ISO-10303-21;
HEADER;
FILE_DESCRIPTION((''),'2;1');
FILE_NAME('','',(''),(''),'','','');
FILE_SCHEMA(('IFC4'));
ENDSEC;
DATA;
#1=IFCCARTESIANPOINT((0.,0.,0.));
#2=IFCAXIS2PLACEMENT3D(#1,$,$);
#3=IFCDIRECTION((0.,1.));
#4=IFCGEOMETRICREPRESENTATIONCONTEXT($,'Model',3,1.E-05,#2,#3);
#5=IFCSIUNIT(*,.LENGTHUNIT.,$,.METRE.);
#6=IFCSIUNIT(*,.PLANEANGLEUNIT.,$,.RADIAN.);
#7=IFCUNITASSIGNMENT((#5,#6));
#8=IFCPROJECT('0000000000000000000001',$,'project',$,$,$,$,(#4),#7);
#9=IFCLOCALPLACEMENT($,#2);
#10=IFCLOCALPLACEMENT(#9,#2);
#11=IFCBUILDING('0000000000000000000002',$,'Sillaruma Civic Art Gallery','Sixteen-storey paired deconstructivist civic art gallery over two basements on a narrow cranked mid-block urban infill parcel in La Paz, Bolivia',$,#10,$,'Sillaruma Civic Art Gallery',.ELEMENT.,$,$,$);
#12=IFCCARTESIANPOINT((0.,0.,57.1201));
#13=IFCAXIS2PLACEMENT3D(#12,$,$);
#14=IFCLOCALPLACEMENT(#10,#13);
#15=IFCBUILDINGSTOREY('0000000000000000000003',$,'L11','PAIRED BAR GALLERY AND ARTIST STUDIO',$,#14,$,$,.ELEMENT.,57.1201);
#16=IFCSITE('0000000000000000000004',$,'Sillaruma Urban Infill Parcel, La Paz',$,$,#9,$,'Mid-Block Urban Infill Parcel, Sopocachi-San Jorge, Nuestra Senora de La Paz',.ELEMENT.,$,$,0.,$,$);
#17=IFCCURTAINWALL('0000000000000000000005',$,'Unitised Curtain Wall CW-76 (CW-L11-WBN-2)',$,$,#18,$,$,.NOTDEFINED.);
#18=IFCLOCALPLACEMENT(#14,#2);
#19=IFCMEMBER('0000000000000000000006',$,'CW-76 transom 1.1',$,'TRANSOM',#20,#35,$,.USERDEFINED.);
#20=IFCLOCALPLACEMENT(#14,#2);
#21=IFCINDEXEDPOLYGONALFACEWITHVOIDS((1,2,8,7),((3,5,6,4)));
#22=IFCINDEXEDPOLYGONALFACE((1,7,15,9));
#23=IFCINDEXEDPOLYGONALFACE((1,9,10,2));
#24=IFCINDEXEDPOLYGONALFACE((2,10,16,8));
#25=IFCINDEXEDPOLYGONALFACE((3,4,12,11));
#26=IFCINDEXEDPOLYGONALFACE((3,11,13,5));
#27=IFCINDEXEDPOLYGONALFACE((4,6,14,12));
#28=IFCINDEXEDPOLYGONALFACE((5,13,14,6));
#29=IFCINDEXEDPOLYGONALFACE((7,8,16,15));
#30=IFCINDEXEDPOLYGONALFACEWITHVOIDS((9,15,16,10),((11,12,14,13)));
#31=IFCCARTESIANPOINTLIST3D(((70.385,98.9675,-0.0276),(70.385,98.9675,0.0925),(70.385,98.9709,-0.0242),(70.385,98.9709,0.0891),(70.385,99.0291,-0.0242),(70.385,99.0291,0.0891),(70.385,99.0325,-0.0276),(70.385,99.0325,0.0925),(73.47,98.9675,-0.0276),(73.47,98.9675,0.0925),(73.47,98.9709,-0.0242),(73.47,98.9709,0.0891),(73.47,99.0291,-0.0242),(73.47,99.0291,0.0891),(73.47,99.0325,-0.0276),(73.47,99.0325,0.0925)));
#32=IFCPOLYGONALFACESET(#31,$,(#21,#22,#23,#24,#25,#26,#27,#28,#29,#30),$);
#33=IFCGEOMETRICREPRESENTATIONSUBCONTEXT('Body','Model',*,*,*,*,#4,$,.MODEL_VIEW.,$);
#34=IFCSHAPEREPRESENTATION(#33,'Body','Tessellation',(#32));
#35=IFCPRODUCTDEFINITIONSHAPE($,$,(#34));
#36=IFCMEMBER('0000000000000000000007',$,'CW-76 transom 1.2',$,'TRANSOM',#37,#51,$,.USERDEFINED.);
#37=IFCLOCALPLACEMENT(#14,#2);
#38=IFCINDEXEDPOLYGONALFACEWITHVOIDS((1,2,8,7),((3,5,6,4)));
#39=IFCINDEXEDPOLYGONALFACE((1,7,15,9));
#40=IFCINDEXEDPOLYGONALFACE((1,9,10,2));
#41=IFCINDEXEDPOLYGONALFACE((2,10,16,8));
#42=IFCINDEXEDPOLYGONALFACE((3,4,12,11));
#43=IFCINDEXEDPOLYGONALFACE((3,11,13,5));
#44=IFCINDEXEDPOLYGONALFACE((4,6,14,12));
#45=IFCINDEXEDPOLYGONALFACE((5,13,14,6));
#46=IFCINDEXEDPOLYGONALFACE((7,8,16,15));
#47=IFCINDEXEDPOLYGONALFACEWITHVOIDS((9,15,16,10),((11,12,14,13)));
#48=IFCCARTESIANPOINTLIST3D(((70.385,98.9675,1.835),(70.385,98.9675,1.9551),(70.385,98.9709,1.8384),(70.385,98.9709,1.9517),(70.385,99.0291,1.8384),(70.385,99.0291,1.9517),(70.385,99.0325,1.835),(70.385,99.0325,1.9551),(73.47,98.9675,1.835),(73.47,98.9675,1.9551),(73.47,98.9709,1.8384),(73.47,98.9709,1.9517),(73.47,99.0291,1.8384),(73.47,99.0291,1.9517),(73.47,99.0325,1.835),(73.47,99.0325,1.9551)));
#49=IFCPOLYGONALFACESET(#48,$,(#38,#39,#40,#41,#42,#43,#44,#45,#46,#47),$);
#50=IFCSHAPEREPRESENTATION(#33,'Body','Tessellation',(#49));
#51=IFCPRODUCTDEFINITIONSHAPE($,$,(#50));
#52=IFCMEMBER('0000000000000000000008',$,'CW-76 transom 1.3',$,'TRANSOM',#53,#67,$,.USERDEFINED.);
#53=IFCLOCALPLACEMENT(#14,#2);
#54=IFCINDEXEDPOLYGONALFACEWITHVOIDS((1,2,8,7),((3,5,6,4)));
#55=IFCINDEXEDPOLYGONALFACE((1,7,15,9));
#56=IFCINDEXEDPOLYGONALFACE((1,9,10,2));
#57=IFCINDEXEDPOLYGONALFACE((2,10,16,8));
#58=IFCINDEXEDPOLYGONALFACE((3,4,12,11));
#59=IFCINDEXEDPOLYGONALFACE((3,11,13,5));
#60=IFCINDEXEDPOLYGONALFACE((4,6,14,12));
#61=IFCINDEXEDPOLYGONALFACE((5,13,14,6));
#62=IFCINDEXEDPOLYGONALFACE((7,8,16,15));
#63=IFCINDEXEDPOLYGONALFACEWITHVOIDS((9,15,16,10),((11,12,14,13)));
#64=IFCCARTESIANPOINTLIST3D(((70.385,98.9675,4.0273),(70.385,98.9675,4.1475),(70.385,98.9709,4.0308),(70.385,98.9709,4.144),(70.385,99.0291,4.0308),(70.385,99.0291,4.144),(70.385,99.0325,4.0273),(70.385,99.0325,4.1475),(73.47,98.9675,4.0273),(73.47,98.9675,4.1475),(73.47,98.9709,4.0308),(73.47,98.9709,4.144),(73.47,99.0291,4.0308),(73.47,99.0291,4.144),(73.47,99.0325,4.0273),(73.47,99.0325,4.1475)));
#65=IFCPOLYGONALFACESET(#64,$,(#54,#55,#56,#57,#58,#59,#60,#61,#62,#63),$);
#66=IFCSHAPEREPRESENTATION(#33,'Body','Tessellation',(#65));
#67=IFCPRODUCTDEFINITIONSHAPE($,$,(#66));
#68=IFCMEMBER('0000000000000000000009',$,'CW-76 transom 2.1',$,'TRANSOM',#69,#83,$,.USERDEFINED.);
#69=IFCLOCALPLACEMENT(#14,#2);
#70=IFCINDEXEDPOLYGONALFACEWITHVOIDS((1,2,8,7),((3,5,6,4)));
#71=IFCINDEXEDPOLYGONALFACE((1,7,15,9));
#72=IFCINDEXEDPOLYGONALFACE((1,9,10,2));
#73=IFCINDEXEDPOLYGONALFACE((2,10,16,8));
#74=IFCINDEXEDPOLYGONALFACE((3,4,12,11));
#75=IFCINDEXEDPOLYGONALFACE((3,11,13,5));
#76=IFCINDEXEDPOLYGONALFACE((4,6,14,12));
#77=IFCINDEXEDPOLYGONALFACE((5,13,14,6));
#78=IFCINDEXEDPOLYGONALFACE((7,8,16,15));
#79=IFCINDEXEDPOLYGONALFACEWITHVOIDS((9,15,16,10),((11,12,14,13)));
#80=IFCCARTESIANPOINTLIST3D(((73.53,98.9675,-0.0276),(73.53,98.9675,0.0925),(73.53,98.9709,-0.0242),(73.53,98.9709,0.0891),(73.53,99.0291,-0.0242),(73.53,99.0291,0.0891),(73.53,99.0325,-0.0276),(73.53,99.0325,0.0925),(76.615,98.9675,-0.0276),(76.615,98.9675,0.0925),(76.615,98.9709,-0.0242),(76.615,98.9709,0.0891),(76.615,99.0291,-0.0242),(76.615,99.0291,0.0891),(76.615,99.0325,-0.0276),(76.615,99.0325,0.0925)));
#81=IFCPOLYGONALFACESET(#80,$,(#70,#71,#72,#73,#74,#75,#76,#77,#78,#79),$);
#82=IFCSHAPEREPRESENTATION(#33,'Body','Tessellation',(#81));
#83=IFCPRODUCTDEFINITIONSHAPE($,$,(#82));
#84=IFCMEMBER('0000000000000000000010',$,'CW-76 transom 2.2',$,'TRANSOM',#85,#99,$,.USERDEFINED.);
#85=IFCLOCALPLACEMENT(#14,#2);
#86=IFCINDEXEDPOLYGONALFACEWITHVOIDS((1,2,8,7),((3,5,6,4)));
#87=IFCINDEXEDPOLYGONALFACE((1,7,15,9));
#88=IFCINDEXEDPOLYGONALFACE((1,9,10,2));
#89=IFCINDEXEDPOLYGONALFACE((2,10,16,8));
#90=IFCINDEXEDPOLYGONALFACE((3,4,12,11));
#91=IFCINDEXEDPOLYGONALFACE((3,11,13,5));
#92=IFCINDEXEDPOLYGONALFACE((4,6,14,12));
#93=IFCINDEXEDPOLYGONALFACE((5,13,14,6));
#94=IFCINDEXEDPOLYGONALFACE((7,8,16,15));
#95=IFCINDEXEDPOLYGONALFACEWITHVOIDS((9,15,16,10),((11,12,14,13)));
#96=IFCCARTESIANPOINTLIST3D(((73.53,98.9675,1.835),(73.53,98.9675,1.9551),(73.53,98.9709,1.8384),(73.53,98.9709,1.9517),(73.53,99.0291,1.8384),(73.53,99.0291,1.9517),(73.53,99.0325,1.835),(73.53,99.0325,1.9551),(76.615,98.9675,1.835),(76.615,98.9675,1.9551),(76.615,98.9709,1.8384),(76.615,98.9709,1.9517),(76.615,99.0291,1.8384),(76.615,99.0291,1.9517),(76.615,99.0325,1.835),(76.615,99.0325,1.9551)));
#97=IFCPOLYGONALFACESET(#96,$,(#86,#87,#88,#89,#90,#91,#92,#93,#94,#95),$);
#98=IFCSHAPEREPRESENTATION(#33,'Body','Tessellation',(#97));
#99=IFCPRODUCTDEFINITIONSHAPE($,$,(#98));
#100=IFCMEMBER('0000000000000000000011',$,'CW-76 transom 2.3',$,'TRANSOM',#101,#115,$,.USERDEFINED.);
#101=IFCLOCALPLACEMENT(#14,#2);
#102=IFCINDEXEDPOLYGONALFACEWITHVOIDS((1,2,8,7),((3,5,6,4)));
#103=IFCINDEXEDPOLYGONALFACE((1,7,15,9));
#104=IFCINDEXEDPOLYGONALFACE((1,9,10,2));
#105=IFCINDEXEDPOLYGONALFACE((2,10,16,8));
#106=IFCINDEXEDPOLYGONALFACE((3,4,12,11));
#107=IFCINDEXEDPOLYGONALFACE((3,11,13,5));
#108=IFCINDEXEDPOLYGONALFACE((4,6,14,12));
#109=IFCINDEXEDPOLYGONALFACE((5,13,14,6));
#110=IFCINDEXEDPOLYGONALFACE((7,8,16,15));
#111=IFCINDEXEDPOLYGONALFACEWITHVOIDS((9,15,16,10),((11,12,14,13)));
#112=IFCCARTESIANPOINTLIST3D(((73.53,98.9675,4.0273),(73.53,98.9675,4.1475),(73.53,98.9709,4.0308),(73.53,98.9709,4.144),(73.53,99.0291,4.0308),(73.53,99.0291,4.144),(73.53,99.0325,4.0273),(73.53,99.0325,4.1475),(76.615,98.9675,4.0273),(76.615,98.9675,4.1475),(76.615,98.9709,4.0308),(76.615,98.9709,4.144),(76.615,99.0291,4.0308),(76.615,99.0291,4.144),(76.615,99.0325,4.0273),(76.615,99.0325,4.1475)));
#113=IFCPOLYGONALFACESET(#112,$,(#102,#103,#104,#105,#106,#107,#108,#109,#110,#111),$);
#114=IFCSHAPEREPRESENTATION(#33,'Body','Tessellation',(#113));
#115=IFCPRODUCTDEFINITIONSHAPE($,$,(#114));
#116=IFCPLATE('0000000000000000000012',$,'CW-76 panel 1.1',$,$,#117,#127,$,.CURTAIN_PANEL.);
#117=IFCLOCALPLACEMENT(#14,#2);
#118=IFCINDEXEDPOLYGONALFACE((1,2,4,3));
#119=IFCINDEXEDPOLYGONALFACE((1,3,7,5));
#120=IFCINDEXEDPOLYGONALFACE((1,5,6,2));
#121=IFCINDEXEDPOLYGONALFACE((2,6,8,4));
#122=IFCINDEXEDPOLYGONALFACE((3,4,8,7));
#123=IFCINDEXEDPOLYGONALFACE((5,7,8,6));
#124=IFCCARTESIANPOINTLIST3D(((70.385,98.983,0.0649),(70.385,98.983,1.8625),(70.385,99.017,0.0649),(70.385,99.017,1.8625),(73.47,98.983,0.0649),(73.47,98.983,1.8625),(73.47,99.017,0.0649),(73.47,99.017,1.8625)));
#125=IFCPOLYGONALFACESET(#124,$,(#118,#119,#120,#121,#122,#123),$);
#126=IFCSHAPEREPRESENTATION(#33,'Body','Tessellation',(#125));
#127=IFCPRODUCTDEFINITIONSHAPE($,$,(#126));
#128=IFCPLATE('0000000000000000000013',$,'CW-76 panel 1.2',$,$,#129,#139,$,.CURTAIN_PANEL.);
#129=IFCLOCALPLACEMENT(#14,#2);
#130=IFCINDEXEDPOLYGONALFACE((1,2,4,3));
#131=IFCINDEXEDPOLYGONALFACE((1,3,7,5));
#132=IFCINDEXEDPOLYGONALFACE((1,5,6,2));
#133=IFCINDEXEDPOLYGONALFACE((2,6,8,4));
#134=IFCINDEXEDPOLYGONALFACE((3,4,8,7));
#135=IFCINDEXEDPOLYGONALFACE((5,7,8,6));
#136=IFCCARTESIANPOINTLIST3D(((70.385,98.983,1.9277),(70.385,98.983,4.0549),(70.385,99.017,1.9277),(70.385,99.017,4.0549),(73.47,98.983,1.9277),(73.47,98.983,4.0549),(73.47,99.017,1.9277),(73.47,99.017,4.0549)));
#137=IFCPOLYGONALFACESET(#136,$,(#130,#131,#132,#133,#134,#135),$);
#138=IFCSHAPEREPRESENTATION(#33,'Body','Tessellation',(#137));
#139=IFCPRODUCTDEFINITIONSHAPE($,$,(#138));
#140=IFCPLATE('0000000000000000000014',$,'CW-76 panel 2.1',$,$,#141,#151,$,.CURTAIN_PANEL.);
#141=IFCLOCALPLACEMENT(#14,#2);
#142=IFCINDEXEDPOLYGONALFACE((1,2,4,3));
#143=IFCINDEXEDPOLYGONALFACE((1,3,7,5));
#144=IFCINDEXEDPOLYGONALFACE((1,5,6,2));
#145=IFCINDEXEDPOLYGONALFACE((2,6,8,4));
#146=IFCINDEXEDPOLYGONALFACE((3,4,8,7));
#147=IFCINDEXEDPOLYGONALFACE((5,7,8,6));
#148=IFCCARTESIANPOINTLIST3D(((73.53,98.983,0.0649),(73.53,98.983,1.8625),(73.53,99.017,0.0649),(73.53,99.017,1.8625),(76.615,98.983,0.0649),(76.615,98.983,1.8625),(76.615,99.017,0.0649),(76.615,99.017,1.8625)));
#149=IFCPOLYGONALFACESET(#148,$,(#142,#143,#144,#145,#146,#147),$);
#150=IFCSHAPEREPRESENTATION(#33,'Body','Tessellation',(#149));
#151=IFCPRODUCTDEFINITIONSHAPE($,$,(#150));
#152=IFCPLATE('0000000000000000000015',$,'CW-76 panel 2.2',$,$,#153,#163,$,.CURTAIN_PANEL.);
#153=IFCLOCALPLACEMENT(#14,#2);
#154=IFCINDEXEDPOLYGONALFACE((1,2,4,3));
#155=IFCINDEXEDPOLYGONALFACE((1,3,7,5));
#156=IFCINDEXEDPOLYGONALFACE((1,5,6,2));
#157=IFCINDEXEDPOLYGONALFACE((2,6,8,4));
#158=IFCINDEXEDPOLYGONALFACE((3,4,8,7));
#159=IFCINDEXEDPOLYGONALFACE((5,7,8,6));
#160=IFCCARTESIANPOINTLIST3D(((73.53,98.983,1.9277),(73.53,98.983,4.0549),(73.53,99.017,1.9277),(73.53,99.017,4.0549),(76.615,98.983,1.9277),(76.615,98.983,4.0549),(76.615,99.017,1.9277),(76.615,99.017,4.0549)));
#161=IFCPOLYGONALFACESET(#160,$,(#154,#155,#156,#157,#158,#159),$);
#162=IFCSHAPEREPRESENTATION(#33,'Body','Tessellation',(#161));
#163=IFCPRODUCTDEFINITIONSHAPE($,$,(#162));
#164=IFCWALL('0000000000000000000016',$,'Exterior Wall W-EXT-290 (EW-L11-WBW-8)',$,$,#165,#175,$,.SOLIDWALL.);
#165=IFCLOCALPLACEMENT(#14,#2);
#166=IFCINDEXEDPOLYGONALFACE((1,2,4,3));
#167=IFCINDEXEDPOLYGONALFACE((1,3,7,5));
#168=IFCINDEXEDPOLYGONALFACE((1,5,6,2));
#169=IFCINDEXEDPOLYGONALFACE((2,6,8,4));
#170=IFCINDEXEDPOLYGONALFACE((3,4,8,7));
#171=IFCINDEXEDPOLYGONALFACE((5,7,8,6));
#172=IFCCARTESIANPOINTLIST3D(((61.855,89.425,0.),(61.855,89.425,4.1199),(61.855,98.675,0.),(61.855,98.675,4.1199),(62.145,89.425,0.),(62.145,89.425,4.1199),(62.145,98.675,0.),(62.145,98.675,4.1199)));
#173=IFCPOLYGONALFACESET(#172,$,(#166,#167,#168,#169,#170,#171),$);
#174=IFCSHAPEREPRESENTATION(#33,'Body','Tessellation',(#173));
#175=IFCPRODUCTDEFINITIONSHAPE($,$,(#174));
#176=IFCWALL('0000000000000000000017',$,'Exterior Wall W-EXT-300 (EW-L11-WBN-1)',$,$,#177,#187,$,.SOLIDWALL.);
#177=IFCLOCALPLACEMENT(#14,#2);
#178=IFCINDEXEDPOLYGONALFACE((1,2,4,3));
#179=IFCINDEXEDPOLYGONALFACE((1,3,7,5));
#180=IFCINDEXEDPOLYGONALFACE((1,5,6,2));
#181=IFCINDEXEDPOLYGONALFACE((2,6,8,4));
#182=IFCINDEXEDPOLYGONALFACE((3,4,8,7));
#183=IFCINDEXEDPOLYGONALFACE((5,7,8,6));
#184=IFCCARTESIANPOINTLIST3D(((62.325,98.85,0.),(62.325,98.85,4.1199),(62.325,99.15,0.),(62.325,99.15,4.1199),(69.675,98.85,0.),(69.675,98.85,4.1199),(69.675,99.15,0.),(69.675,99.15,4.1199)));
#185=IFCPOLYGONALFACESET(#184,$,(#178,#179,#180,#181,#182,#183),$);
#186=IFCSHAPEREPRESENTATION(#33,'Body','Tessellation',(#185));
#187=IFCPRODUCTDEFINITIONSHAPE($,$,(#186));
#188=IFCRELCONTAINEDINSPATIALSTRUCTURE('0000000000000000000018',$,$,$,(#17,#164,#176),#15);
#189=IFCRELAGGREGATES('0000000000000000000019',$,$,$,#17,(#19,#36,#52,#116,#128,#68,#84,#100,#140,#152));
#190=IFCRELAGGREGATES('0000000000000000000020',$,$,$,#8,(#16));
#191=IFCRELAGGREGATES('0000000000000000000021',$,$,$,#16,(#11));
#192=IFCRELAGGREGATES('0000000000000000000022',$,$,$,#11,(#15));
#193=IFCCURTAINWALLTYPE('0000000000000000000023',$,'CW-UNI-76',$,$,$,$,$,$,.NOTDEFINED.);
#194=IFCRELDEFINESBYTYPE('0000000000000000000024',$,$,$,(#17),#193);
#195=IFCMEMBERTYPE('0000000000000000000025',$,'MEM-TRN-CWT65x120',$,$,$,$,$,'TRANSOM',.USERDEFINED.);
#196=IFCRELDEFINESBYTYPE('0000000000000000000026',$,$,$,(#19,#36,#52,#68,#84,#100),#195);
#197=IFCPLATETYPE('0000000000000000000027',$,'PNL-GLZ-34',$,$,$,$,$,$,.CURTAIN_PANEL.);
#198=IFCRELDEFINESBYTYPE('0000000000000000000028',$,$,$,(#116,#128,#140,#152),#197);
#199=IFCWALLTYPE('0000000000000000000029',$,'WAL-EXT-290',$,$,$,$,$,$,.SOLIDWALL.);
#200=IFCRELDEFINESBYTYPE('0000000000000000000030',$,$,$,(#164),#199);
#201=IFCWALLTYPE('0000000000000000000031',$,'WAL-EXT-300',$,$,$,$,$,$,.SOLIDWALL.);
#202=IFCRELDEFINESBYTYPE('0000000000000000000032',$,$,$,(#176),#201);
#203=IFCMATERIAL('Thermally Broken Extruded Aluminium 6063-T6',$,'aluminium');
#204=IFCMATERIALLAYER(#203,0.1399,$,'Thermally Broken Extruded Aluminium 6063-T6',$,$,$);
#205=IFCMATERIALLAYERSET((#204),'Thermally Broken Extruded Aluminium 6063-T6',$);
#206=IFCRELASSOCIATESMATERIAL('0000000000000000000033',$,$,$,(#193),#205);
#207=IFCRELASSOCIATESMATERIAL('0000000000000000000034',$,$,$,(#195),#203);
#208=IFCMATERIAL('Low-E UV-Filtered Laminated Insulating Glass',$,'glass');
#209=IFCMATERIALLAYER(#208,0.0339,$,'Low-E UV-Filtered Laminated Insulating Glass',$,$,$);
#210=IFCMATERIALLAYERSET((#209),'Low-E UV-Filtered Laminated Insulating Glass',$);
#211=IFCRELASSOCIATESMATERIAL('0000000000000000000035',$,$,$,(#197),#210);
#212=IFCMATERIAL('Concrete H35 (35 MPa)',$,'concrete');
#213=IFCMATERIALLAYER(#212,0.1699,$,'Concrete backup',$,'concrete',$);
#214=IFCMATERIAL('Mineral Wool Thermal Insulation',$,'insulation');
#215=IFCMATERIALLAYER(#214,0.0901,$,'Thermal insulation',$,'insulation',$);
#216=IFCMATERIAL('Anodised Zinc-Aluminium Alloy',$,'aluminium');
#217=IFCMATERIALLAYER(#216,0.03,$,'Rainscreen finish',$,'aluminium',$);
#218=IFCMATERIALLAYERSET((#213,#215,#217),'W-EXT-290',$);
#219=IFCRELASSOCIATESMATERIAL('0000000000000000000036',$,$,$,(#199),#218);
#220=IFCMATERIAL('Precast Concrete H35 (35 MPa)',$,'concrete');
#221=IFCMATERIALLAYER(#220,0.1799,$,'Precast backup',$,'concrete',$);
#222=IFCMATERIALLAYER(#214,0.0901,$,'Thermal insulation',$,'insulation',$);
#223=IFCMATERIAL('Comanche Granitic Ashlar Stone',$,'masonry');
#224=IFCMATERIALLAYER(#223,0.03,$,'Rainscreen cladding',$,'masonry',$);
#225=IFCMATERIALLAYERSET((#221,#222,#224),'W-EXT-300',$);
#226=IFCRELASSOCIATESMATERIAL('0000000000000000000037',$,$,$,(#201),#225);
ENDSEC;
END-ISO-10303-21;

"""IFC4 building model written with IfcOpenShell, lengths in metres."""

from ifc_helpers import new_model, si_unit, direction, frame, frame_2d, origin, origin_2d, place, context, subcontext, project, spatial, rectangle, hollow_rectangle, extrude, material, layer, layer_set, material_profile, profile_set, type_object, element, aggregate, save


model = new_model("IFC4")

# Units and contexts
model_context = context("Model", 3, precision=1e-05, world=origin(), true_north=direction((0.0, 1.0)))
body_context = subcontext(model_context, "Body", "Model", "MODEL_VIEW")
ifc_project = project(units=[si_unit("LENGTHUNIT", "METRE"), si_unit("PLANEANGLEUNIT", "RADIAN")], contexts=[model_context])

# Site, building, storey
site_placement = place(None, origin())
site = spatial("IfcSite", under=ifc_project, at=site_placement, Name="Sillaruma Urban Infill Parcel, La Paz", LongName="Mid-Block Urban Infill Parcel, Sopocachi-San Jorge, Nuestra Senora de La Paz", CompositionType="ELEMENT", RefElevation=0.0)
building_placement = place(site_placement, origin())
building = spatial("IfcBuilding", under=site, at=building_placement, Name="Sillaruma Civic Art Gallery", Description="Sixteen-storey paired deconstructivist civic art gallery over two basements on a narrow cranked mid-block urban infill parcel in La Paz, Bolivia", LongName="Sillaruma Civic Art Gallery", CompositionType="ELEMENT")
storey_placement = place(building_placement, frame((0.0, 0.0, 57.1201)))
storey = spatial("IfcBuildingStorey", under=building, at=storey_placement, Name="L11", Description="PAIRED BAR GALLERY AND ARTIST STUDIO", CompositionType="ELEMENT", Elevation=57.1201)

# Shared definitions
ifc_material_1 = material(Name="Concrete H35 (35 MPa)", Category="concrete")

# Curtain wall, members, plates
ifc_material_2 = material(Name="Thermally Broken Extruded Aluminium 6063-T6", Category="aluminium")
ifc_layer_1 = layer(ifc_material_2, 0.1399, Name="Thermally Broken Extruded Aluminium 6063-T6")
ifc_layer_set_1 = layer_set([ifc_layer_1], Name="Thermally Broken Extruded Aluminium 6063-T6")
curtain_wall_type = type_object("IfcCurtainWallType", Name="CW-UNI-76", PredefinedType="NOTDEFINED", material=ifc_layer_set_1)
curtain_wall_placement = place(storey_placement, origin())
curtain_wall = element("IfcCurtainWall", 1, at=curtain_wall_placement, inside=storey, type_object=curtain_wall_type, Name="Unitised Curtain Wall CW-76 (CW-L11-WBN-2)", PredefinedType="NOTDEFINED")
ifc_material_profile_1 = material_profile(ifc_material_2, hollow_rectangle(XDim=0.0649, YDim=0.1201, WallThickness=0.0034, at=origin_2d()), Name="CWT65x120")
ifc_profile_set_1 = profile_set([ifc_material_profile_1], Name="Thermally Broken Extruded Aluminium 6063-T6")
member_type_1 = type_object("IfcMemberType", Name="MEM-TRN-CWT65x120", ElementType="TRANSOM", PredefinedType="USERDEFINED", material=ifc_profile_set_1)
member_1_placement = place(storey_placement, frame((70.385, 99.0, 0.0325), z_axis=(1.0, 0.0, 0.0), x_axis=(0.0, 1.0, 0.0)))
member_1 = element("IfcMember", 2, at=member_1_placement, type_object=member_type_1, Name="CW-76 transom 1.1", ObjectType="TRANSOM", PredefinedType="USERDEFINED", context=body_context, shape_type="SweptSolid", body=[
    extrude(hollow_rectangle(XDim=0.0649, YDim=0.1201, WallThickness=0.0034, at=origin_2d()), origin(), (0.0, 0.0, 1.0), 3.085),
])
member_2_placement = place(storey_placement, frame((70.385, 99.0, 1.895), z_axis=(1.0, 0.0, 0.0), x_axis=(0.0, 1.0, 0.0)))
member_2 = element("IfcMember", 3, at=member_2_placement, type_object=member_type_1, Name="CW-76 transom 1.2", ObjectType="TRANSOM", PredefinedType="USERDEFINED", context=body_context, shape_type="SweptSolid", body=[
    extrude(hollow_rectangle(XDim=0.0649, YDim=0.1201, WallThickness=0.0034, at=origin_2d()), origin(), (0.0, 0.0, 1.0), 3.085),
])
member_3_placement = place(storey_placement, frame((70.385, 99.0, 4.0874), z_axis=(1.0, 0.0, 0.0), x_axis=(0.0, 1.0, 0.0)))
member_3 = element("IfcMember", 4, at=member_3_placement, type_object=member_type_1, Name="CW-76 transom 1.3", ObjectType="TRANSOM", PredefinedType="USERDEFINED", context=body_context, shape_type="SweptSolid", body=[
    extrude(hollow_rectangle(XDim=0.0649, YDim=0.1201, WallThickness=0.0034, at=origin_2d()), origin(), (0.0, 0.0, 1.0), 3.085),
])
member_4_placement = place(storey_placement, frame((73.53, 99.0, 0.0325), z_axis=(1.0, 0.0, 0.0), x_axis=(0.0, 1.0, 0.0)))
member_4 = element("IfcMember", 5, at=member_4_placement, type_object=member_type_1, Name="CW-76 transom 2.1", ObjectType="TRANSOM", PredefinedType="USERDEFINED", context=body_context, shape_type="SweptSolid", body=[
    extrude(hollow_rectangle(XDim=0.0649, YDim=0.1201, WallThickness=0.0034, at=origin_2d()), origin(), (0.0, 0.0, 1.0), 3.085),
])
member_5_placement = place(storey_placement, frame((73.53, 99.0, 1.895), z_axis=(1.0, 0.0, 0.0), x_axis=(0.0, 1.0, 0.0)))
member_5 = element("IfcMember", 6, at=member_5_placement, type_object=member_type_1, Name="CW-76 transom 2.2", ObjectType="TRANSOM", PredefinedType="USERDEFINED", context=body_context, shape_type="SweptSolid", body=[
    extrude(hollow_rectangle(XDim=0.0649, YDim=0.1201, WallThickness=0.0034, at=origin_2d()), origin(), (0.0, 0.0, 1.0), 3.085),
])
member_6_placement = place(storey_placement, frame((73.53, 99.0, 4.0874), z_axis=(1.0, 0.0, 0.0), x_axis=(0.0, 1.0, 0.0)))
member_6 = element("IfcMember", 7, at=member_6_placement, type_object=member_type_1, Name="CW-76 transom 2.3", ObjectType="TRANSOM", PredefinedType="USERDEFINED", context=body_context, shape_type="SweptSolid", body=[
    extrude(hollow_rectangle(XDim=0.0649, YDim=0.1201, WallThickness=0.0034, at=origin_2d()), origin(), (0.0, 0.0, 1.0), 3.085),
])
ifc_material_3 = material(Name="Low-E UV-Filtered Laminated Insulating Glass", Category="glass")
ifc_layer_2 = layer(ifc_material_3, 0.0339, Name="Low-E UV-Filtered Laminated Insulating Glass")
ifc_layer_set_2 = layer_set([ifc_layer_2], Name="Low-E UV-Filtered Laminated Insulating Glass")
plate_type = type_object("IfcPlateType", Name="PNL-GLZ-34", PredefinedType="CURTAIN_PANEL", material=ifc_layer_set_2)
plate_1_placement = place(storey_placement, frame((71.9275, 99.0, 0.0649), z_axis=(0.0, 0.0, 1.0), x_axis=(1.0, 0.0, 0.0)))
plate_1 = element("IfcPlate", 8, at=plate_1_placement, type_object=plate_type, Name="CW-76 panel 1.1", PredefinedType="CURTAIN_PANEL", context=body_context, shape_type="SweptSolid", body=[
    extrude(rectangle(XDim=3.085, YDim=0.0339, at=origin_2d()), origin(), (0.0, 0.0, 1.0), 1.7976),
])
plate_2_placement = place(storey_placement, frame((71.9275, 99.0, 1.9277), z_axis=(0.0, 0.0, 1.0), x_axis=(1.0, 0.0, 0.0)))
plate_2 = element("IfcPlate", 9, at=plate_2_placement, type_object=plate_type, Name="CW-76 panel 1.2", PredefinedType="CURTAIN_PANEL", context=body_context, shape_type="SweptSolid", body=[
    extrude(rectangle(XDim=3.085, YDim=0.0339, at=origin_2d()), origin(), (0.0, 0.0, 1.0), 2.1272),
])
plate_3_placement = place(storey_placement, frame((75.0725, 99.0, 0.0649), z_axis=(0.0, 0.0, 1.0), x_axis=(1.0, 0.0, 0.0)))
plate_3 = element("IfcPlate", 10, at=plate_3_placement, type_object=plate_type, Name="CW-76 panel 2.1", PredefinedType="CURTAIN_PANEL", context=body_context, shape_type="SweptSolid", body=[
    extrude(rectangle(XDim=3.085, YDim=0.0339, at=origin_2d()), origin(), (0.0, 0.0, 1.0), 1.7976),
])
plate_4_placement = place(storey_placement, frame((75.0725, 99.0, 1.9277), z_axis=(0.0, 0.0, 1.0), x_axis=(1.0, 0.0, 0.0)))
plate_4 = element("IfcPlate", 11, at=plate_4_placement, type_object=plate_type, Name="CW-76 panel 2.2", PredefinedType="CURTAIN_PANEL", context=body_context, shape_type="SweptSolid", body=[
    extrude(rectangle(XDim=3.085, YDim=0.0339, at=origin_2d()), origin(), (0.0, 0.0, 1.0), 2.1272),
])
aggregate(curtain_wall, [member_1, member_2, member_3, plate_1, plate_2, member_4, member_5, member_6, plate_3, plate_4])

# Walls
ifc_layer_3 = layer(ifc_material_1, 0.1699, Name="Concrete backup", Category="concrete")
ifc_material_4 = material(Name="Mineral Wool Thermal Insulation", Category="insulation")
ifc_layer_4 = layer(ifc_material_4, 0.0901, Name="Thermal insulation", Category="insulation")
ifc_material_5 = material(Name="Anodised Zinc-Aluminium Alloy", Category="aluminium")
ifc_layer_5 = layer(ifc_material_5, 0.03, Name="Rainscreen finish", Category="aluminium")
ifc_layer_set_3 = layer_set([ifc_layer_3, ifc_layer_4, ifc_layer_5], Name="W-EXT-290")
wall_type_1 = type_object("IfcWallType", Name="WAL-EXT-290", PredefinedType="SOLIDWALL", material=ifc_layer_set_3)
wall_1_placement = place(storey_placement, frame((62.0, 89.425, 0.0), z_axis=(0.0, 0.0, 1.0), x_axis=(0.0, 1.0, 0.0)))
element("IfcWall", 12, at=wall_1_placement, inside=storey, type_object=wall_type_1, Name="Exterior Wall W-EXT-290 (EW-L11-WBW-8)", PredefinedType="SOLIDWALL", context=body_context, shape_type="SweptSolid", body=[
    extrude(rectangle(XDim=9.25, YDim=0.29, at=frame_2d((4.625, 0.0))), origin(), (0.0, 0.0, 1.0), 4.1199),
])
ifc_material_6 = material(Name="Precast Concrete H35 (35 MPa)", Category="concrete")
ifc_layer_6 = layer(ifc_material_6, 0.1799, Name="Precast backup", Category="concrete")
ifc_layer_7 = layer(ifc_material_4, 0.0901, Name="Thermal insulation", Category="insulation")
ifc_material_7 = material(Name="Comanche Granitic Ashlar Stone", Category="masonry")
ifc_layer_8 = layer(ifc_material_7, 0.03, Name="Rainscreen cladding", Category="masonry")
ifc_layer_set_4 = layer_set([ifc_layer_6, ifc_layer_7, ifc_layer_8], Name="W-EXT-300")
wall_type_2 = type_object("IfcWallType", Name="WAL-EXT-300", PredefinedType="SOLIDWALL", material=ifc_layer_set_4)
wall_2_placement = place(storey_placement, frame((62.325, 99.0, 0.0), z_axis=(0.0, 0.0, 1.0), x_axis=(1.0, 0.0, 0.0)))
element("IfcWall", 13, at=wall_2_placement, inside=storey, type_object=wall_type_2, Name="Exterior Wall W-EXT-300 (EW-L11-WBN-1)", PredefinedType="SOLIDWALL", context=body_context, shape_type="SweptSolid", body=[
    extrude(rectangle(XDim=7.3501, YDim=0.3, at=frame_2d((3.675, 0.0))), origin(), (0.0, 0.0, 1.0), 4.1199),
])

save(model, "model.ifc")
